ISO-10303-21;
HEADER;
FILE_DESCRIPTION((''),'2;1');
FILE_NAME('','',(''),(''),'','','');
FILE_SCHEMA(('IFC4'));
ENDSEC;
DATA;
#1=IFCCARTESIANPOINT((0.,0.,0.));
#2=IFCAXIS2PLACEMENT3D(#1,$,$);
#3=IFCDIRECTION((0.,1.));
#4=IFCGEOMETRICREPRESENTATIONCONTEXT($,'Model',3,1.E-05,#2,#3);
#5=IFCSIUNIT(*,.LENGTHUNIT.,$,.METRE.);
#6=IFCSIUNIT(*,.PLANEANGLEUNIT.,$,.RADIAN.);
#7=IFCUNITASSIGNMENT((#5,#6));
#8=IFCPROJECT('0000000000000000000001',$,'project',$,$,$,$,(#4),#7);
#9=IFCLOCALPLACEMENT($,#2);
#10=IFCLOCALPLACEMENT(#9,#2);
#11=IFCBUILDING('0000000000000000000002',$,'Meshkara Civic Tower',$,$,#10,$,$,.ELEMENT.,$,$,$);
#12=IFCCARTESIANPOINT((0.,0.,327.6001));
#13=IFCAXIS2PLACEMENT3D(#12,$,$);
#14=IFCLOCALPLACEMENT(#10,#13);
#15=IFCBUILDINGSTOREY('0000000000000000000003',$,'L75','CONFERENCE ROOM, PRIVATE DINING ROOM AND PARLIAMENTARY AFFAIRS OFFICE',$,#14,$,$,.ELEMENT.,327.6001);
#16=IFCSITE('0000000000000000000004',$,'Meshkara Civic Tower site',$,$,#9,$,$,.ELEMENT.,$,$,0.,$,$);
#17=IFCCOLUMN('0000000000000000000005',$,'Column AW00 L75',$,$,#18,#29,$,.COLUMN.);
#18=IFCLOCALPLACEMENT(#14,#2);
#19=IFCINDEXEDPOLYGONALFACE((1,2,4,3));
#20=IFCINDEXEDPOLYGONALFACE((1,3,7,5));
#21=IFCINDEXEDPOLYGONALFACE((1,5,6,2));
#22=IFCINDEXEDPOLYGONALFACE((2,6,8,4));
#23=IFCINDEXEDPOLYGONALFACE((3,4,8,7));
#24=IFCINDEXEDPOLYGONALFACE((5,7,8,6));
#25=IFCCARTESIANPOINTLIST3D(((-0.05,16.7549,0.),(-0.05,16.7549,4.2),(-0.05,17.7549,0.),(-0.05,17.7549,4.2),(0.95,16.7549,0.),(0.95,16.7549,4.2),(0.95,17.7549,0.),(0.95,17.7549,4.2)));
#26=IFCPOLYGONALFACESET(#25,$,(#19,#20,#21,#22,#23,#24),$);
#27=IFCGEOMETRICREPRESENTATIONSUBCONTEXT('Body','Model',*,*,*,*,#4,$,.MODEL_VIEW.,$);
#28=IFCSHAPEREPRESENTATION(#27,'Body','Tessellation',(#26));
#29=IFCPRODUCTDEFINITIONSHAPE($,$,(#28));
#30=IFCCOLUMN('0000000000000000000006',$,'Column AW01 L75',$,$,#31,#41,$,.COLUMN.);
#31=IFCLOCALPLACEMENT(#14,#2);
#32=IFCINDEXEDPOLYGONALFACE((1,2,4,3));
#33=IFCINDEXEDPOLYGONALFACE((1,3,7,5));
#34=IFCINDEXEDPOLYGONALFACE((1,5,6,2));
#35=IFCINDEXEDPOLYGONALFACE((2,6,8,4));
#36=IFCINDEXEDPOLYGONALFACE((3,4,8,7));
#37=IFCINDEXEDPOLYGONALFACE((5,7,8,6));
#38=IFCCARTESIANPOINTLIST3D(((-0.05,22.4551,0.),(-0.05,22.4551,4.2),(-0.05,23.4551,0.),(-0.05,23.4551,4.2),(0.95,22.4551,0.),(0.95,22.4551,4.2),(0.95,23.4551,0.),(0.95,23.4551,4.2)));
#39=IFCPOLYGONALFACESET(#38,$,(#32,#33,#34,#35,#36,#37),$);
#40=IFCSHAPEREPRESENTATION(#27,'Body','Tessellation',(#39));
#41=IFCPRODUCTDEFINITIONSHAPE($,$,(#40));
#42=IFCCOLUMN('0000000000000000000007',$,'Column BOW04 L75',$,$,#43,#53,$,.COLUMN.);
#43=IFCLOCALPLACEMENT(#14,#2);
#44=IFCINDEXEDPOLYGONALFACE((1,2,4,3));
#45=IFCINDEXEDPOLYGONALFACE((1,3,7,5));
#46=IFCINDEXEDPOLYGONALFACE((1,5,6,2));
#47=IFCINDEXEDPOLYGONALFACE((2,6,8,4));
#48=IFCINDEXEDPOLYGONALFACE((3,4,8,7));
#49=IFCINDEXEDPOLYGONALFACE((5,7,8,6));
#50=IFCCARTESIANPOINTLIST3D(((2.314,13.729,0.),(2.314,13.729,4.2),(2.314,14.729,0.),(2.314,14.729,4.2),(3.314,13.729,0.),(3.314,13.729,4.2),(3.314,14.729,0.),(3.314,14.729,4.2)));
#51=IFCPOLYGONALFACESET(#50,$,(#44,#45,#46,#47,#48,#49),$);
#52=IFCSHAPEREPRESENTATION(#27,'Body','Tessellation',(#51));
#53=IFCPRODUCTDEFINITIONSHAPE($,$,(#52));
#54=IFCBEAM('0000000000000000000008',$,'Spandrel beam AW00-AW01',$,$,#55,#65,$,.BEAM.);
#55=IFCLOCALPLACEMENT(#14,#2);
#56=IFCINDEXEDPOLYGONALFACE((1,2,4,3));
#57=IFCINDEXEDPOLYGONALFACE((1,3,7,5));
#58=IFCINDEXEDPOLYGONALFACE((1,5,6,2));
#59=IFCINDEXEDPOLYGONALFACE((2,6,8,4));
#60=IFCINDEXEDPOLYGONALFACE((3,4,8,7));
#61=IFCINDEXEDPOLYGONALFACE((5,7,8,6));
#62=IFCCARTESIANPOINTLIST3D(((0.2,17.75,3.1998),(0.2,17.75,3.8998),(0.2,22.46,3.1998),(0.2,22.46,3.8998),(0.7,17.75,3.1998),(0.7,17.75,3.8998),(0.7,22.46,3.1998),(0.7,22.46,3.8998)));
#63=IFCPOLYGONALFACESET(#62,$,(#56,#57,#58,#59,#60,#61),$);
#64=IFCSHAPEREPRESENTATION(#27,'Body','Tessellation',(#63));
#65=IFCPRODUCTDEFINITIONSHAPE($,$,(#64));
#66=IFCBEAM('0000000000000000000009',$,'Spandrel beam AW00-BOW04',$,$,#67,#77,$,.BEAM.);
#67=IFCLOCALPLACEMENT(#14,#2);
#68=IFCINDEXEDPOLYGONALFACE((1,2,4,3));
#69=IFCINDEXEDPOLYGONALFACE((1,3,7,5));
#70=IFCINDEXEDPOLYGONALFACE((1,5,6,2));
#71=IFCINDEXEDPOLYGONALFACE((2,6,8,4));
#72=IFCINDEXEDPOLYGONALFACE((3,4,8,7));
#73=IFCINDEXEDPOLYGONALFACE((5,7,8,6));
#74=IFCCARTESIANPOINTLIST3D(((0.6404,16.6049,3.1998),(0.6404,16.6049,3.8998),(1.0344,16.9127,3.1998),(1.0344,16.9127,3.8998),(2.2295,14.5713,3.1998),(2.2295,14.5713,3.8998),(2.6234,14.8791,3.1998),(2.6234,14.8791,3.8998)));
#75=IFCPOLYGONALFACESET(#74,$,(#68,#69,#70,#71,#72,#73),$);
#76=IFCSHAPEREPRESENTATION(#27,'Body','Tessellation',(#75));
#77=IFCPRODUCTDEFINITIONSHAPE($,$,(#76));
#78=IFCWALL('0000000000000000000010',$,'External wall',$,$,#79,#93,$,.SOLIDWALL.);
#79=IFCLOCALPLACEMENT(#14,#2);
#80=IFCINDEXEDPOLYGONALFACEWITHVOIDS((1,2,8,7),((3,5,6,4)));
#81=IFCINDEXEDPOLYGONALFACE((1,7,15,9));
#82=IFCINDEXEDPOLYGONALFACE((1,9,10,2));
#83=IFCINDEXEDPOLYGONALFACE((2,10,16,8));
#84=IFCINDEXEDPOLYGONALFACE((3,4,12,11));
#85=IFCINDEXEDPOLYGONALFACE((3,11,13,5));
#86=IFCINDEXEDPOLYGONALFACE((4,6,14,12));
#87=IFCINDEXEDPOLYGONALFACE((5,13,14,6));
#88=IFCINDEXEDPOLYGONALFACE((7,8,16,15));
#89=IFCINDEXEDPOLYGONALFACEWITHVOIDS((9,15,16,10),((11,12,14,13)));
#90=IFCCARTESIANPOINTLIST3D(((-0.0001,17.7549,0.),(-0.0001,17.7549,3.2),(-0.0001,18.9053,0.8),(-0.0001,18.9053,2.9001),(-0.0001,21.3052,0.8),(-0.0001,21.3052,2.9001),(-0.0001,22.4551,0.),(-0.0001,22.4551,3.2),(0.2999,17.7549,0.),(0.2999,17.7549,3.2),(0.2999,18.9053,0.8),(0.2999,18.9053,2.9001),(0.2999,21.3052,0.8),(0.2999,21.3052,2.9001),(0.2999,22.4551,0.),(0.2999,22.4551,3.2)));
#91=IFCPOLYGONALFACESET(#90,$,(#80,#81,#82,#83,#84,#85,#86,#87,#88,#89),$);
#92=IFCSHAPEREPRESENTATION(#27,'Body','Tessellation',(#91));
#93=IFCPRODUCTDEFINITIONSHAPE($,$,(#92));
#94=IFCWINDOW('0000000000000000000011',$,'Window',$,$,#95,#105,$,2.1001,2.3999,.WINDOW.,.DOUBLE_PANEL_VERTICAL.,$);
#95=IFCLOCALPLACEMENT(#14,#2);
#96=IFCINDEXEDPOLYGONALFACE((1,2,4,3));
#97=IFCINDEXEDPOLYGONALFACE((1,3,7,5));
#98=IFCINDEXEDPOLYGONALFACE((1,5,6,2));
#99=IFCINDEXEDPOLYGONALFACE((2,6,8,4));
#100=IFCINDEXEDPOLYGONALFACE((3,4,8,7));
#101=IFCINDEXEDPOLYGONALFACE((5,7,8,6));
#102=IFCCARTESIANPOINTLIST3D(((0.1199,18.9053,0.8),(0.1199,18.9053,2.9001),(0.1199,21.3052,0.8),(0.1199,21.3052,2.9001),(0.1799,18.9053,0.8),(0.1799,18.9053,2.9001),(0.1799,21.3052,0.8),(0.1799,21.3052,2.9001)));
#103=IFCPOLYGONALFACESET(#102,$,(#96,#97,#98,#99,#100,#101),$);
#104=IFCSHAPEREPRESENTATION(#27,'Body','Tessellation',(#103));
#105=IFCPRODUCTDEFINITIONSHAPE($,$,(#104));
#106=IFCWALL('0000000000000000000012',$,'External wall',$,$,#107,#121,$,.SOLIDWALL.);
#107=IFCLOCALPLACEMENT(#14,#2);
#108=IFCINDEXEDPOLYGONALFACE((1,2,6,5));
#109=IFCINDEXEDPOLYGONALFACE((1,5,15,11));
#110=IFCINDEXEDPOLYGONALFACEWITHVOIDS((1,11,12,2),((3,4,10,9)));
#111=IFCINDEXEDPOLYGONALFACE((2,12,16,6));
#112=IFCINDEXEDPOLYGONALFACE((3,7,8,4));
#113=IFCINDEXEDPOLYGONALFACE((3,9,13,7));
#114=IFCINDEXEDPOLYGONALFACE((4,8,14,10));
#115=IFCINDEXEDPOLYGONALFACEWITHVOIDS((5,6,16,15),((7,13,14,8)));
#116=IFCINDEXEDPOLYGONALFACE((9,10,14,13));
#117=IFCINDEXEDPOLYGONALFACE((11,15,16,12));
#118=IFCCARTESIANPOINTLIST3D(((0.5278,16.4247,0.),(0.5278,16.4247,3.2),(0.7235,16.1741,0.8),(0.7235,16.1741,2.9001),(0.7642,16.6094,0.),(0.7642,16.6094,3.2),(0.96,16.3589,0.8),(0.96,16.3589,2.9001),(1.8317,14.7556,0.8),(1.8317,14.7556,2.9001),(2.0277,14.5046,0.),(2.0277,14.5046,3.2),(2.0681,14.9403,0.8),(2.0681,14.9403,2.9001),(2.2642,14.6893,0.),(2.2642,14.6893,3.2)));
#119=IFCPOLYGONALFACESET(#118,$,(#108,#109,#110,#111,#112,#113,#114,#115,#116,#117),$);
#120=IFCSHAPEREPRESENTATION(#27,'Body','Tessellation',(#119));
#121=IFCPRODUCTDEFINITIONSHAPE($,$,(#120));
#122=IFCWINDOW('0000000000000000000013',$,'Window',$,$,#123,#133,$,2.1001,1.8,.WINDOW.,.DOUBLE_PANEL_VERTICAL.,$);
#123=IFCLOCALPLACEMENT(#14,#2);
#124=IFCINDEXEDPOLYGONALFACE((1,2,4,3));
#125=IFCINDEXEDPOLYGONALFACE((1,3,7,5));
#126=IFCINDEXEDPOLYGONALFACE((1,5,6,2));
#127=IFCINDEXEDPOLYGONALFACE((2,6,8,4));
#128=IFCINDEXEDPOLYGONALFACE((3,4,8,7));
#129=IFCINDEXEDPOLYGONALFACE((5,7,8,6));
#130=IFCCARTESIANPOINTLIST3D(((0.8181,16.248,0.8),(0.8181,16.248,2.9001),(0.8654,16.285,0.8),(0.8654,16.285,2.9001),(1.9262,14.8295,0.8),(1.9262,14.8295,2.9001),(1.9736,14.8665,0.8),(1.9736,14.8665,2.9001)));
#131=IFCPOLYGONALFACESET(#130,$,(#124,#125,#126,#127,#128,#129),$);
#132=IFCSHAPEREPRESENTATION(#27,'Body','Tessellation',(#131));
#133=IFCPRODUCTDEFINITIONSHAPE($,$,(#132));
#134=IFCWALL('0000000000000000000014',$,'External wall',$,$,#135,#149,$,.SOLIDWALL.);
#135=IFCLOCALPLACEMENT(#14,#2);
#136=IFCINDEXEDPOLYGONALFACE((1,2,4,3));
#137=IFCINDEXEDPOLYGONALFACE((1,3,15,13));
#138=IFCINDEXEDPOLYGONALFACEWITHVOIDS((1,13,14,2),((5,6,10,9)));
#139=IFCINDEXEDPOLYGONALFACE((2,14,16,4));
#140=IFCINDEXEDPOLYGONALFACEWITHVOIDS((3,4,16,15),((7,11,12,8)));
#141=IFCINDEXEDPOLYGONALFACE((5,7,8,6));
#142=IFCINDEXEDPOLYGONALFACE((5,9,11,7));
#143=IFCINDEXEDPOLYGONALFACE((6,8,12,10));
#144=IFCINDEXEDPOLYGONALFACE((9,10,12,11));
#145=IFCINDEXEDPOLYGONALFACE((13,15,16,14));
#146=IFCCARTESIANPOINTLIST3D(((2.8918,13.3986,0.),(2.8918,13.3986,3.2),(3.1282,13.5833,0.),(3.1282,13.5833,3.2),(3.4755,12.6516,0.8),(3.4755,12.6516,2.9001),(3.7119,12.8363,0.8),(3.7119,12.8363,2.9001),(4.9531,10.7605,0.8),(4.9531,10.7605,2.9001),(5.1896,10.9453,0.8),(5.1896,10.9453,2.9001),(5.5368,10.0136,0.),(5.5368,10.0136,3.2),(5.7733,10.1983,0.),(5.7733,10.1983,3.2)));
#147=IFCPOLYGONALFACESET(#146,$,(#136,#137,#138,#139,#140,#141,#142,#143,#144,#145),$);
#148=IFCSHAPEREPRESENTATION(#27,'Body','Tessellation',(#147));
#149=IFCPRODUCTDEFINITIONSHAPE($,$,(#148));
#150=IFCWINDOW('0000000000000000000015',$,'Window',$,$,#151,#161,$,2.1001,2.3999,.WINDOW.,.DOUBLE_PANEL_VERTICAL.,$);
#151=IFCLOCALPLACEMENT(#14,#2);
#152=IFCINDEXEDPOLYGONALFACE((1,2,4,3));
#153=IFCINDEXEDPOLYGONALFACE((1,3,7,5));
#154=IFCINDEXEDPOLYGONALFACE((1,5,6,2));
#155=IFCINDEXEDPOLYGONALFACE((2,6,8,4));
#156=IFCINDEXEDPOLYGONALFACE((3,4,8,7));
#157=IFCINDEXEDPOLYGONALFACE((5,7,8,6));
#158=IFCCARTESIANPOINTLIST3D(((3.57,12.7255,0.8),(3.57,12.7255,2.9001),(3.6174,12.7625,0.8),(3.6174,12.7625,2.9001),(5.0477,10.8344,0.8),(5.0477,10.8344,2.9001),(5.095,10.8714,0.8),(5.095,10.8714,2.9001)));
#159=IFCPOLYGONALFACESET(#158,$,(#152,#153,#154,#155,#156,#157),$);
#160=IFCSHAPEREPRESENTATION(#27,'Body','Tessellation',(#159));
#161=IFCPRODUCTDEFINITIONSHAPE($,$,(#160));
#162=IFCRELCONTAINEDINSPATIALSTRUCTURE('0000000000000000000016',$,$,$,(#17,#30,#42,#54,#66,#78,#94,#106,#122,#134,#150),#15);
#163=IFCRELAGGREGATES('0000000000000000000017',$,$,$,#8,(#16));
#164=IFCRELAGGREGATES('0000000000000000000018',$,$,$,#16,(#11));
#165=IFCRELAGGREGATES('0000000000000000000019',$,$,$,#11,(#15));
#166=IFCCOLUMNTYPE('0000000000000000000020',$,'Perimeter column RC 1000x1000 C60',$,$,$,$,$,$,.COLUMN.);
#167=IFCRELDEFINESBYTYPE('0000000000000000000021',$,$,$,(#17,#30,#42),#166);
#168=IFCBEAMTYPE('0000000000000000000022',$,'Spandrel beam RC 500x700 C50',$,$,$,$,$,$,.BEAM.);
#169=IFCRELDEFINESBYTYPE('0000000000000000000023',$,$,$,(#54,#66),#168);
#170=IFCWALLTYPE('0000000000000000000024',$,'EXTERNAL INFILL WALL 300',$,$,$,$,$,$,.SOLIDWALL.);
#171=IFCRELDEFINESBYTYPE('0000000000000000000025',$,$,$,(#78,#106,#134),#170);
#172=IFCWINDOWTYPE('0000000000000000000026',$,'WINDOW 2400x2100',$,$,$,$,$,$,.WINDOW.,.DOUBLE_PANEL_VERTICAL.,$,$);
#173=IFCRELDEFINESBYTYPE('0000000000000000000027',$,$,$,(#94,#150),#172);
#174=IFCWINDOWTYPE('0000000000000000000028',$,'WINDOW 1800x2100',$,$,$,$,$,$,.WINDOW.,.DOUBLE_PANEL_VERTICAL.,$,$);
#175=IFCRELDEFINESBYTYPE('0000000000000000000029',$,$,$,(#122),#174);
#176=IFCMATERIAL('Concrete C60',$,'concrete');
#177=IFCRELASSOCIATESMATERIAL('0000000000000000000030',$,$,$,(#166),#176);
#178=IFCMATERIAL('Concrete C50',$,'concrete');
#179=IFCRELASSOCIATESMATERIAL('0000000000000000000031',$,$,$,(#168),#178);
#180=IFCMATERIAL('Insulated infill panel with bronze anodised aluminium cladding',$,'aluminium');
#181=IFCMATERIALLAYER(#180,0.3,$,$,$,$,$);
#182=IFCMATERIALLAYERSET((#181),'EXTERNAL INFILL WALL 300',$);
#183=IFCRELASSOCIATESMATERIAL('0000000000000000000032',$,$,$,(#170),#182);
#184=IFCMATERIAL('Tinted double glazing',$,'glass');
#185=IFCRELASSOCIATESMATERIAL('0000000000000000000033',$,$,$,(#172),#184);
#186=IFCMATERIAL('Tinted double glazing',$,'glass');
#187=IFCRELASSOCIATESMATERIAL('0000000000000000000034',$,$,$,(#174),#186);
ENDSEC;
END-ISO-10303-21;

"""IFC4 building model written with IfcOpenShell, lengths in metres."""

from ifc_helpers import new_model, si_unit, direction, frame, frame_2d, origin, origin_2d, place, context, subcontext, project, spatial, rectangle, extrude, material, layer, layer_set, material_profile, profile_set, type_object, element, fill, save


model = new_model("IFC4")

# Units and contexts
model_context = context("Model", 3, precision=1e-05, world=origin(), true_north=direction((0.0, 1.0)))
body_context = subcontext(model_context, "Body", "Model", "MODEL_VIEW")
ifc_project = project(units=[si_unit("LENGTHUNIT", "METRE"), si_unit("PLANEANGLEUNIT", "RADIAN")], contexts=[model_context])

# Site, building, storey
site_placement = place(None, origin())
site = spatial("IfcSite", under=ifc_project, at=site_placement, Name="Meshkara Civic Tower site", CompositionType="ELEMENT", RefElevation=0.0)
building_placement = place(site_placement, origin())
building = spatial("IfcBuilding", under=site, at=building_placement, Name="Meshkara Civic Tower", CompositionType="ELEMENT")
storey_placement = place(building_placement, frame((0.0, 0.0, 327.6001)))
storey = spatial("IfcBuildingStorey", under=building, at=storey_placement, Name="L75", Description="CONFERENCE ROOM, PRIVATE DINING ROOM AND PARLIAMENTARY AFFAIRS OFFICE", CompositionType="ELEMENT", Elevation=327.6001)

# Columns
ifc_material_1 = material(Name="Concrete C60", Category="concrete")
ifc_material_profile_1 = material_profile(ifc_material_1, rectangle(XDim=1.0, YDim=1.0, at=origin_2d()))
ifc_profile_set_1 = profile_set([ifc_material_profile_1], Name="Concrete C60")
column_type = type_object("IfcColumnType", Name="Perimeter column RC 1000x1000 C60", PredefinedType="COLUMN", material=ifc_profile_set_1)
for number, where, z_axis, x_axis, name in (
    (1, (0.45, 17.2549, 0.0), (0.0, 0.0, 1.0), (1.0, 0.0, 0.0), "Column AW00 L75"),
    (2, (0.45, 22.9551, 0.0), (0.0, 0.0, 1.0), (1.0, 0.0, 0.0), "Column AW01 L75"),
    (3, (2.814, 14.229, 0.0), (0.0, 0.0, 1.0), (1.0, 0.0, 0.0), "Column BOW04 L75"),
):
    element("IfcColumn", number, at=place(storey_placement, frame(where, z_axis=z_axis, x_axis=x_axis)), inside=storey, type_object=column_type, Name=name, PredefinedType="COLUMN", context=body_context, shape_type="SweptSolid", body=[
        extrude(rectangle(XDim=1.0, YDim=1.0, at=origin_2d()), origin(), (0.0, 0.0, 1.0), 4.2),
    ])

# Beams
ifc_material_2 = material(Name="Concrete C50", Category="concrete")
ifc_material_profile_2 = material_profile(ifc_material_2, rectangle(XDim=0.5, YDim=0.7, at=origin_2d()))
ifc_profile_set_2 = profile_set([ifc_material_profile_2], Name="Concrete C50")
beam_type = type_object("IfcBeamType", Name="Spandrel beam RC 500x700 C50", PredefinedType="BEAM", material=ifc_profile_set_2)
beam_1_placement = place(storey_placement, frame((0.45, 22.46, 3.5498), z_axis=(0.0, -1.0, 0.0), x_axis=(1.0, 0.0, 0.0)))
element("IfcBeam", 4, at=beam_1_placement, inside=storey, type_object=beam_type, Name="Spandrel beam AW00-AW01", PredefinedType="BEAM", context=body_context, shape_type="SweptSolid", body=[
    extrude(rectangle(XDim=0.5, YDim=0.7, at=origin_2d()), origin(), (0.0, 0.0, 1.0), 4.71),
])
beam_2_placement = place(storey_placement, frame((0.8374, 16.7588, 3.5498), z_axis=(0.615714, -0.78797, 0.0), x_axis=(0.78797, 0.615714, 0.0)))
element("IfcBeam", 5, at=beam_2_placement, inside=storey, type_object=beam_type, Name="Spandrel beam AW00-BOW04", PredefinedType="BEAM", context=body_context, shape_type="SweptSolid", body=[
    extrude(rectangle(XDim=0.5, YDim=0.7, at=origin_2d()), origin(), (0.0, 0.0, 1.0), 2.5808),
])

# Walls, openings, windows
ifc_material_3 = material(Name="Insulated infill panel with bronze anodised aluminium cladding", Category="aluminium")
ifc_layer = layer(ifc_material_3, 0.3)
ifc_layer_set = layer_set([ifc_layer], Name="EXTERNAL INFILL WALL 300")
wall_type = type_object("IfcWallType", Name="EXTERNAL INFILL WALL 300", PredefinedType="SOLIDWALL", material=ifc_layer_set)
wall_1_placement = place(storey_placement, frame((0.1499, 22.4551, 0.0), z_axis=(0.0, 0.0, 1.0), x_axis=(0.0, -1.0, 0.0)))
wall_1 = element("IfcWall", 6, at=wall_1_placement, inside=storey, type_object=wall_type, Name="External wall", PredefinedType="SOLIDWALL", context=body_context, shape_type="SweptSolid", body=[
    extrude(rectangle(XDim=4.7002, YDim=0.3, at=frame_2d((2.3501, 0.0))), origin(), (0.0, 0.0, 1.0), 3.2),
])
opening_1_placement = place(wall_1_placement, frame((1.1499, 0.0, 0.8)))
opening_1 = element("IfcOpeningElement", 7, at=opening_1_placement, cuts=wall_1, PredefinedType="OPENING", context=body_context, shape_type="SweptSolid", body=[
    extrude(rectangle(XDim=2.3999, YDim=2.1001, at=frame_2d((1.2, 1.05))), frame((0.0, 0.1599, 0.0), z_axis=(0.0, -1.0, 0.0), x_axis=(1.0, 0.0, 0.0)), (0.0, 0.0, 1.0), 0.3201),
])
ifc_material_4 = material(Name="Tinted double glazing", Category="glass")
window_type_1 = type_object("IfcWindowType", Name="WINDOW 2400x2100", PartitioningType="DOUBLE_PANEL_VERTICAL", PredefinedType="WINDOW", material=ifc_material_4)
window_1_placement = place(opening_1_placement, origin())
window_1 = element("IfcWindow", 8, at=window_1_placement, inside=storey, type_object=window_type_1, Name="Window", OverallHeight=2.1001, OverallWidth=2.3999, PartitioningType="DOUBLE_PANEL_VERTICAL", PredefinedType="WINDOW", context=body_context, shape_type="SweptSolid", body=[
    extrude(rectangle(XDim=2.3999, YDim=2.1001, at=frame_2d((1.2, 1.05))), frame((0.0, 0.03, 0.0), z_axis=(0.0, -1.0, 0.0), x_axis=(1.0, 0.0, 0.0)), (0.0, 0.0, 1.0), 0.0601),
])
fill(opening_1, window_1)
wall_2_placement = place(storey_placement, frame((0.646, 16.5171, 0.0), z_axis=(0.0, 0.0, 1.0), x_axis=(0.615611, -0.78805, 0.0)))
wall_2 = element("IfcWall", 9, at=wall_2_placement, inside=storey, type_object=wall_type, Name="External wall", PredefinedType="SOLIDWALL", context=body_context, shape_type="SweptSolid", body=[
    extrude(rectangle(XDim=2.4365, YDim=0.3, at=frame_2d((1.2183, 0.0))), origin(), (0.0, 0.0, 1.0), 3.2),
])
opening_2_placement = place(wall_2_placement, frame((0.3181, 0.0, 0.8)))
opening_2 = element("IfcOpeningElement", 10, at=opening_2_placement, cuts=wall_2, PredefinedType="OPENING", context=body_context, shape_type="SweptSolid", body=[
    extrude(rectangle(XDim=1.8, YDim=2.1001, at=frame_2d((0.8999, 1.05))), frame((0.0, 0.1599, 0.0), z_axis=(0.0, -1.0, 0.0), x_axis=(1.0, 0.0, 0.0)), (0.0, 0.0, 1.0), 0.3201),
])
ifc_material_5 = material(Name="Tinted double glazing", Category="glass")
window_type_2 = type_object("IfcWindowType", Name="WINDOW 1800x2100", PartitioningType="DOUBLE_PANEL_VERTICAL", PredefinedType="WINDOW", material=ifc_material_5)
window_2_placement = place(opening_2_placement, origin())
window_2 = element("IfcWindow", 11, at=window_2_placement, inside=storey, type_object=window_type_2, Name="Window", OverallHeight=2.1001, OverallWidth=1.8, PartitioningType="DOUBLE_PANEL_VERTICAL", PredefinedType="WINDOW", context=body_context, shape_type="SweptSolid", body=[
    extrude(rectangle(XDim=1.8, YDim=2.1001, at=frame_2d((0.8999, 1.05))), frame((0.0, 0.03, 0.0), z_axis=(0.0, -1.0, 0.0), x_axis=(1.0, 0.0, 0.0)), (0.0, 0.0, 1.0), 0.0601),
])
fill(opening_2, window_2)
wall_3_placement = place(storey_placement, frame((3.01, 13.491, 0.0), z_axis=(0.0, 0.0, 1.0), x_axis=(0.615714, -0.78797, 0.0)))
wall_3 = element("IfcWall", 12, at=wall_3_placement, inside=storey, type_object=wall_type, Name="External wall", PredefinedType="SOLIDWALL", context=body_context, shape_type="SweptSolid", body=[
    extrude(rectangle(XDim=4.2959, YDim=0.3, at=frame_2d((2.1479, 0.0))), origin(), (0.0, 0.0, 1.0), 3.2),
])
opening_3_placement = place(wall_3_placement, frame((0.948, 0.0, 0.8)))
opening_3 = element("IfcOpeningElement", 13, at=opening_3_placement, cuts=wall_3, PredefinedType="OPENING", context=body_context, shape_type="SweptSolid", body=[
    extrude(rectangle(XDim=2.3999, YDim=2.1001, at=frame_2d((1.2, 1.05))), frame((0.0, 0.1599, 0.0), z_axis=(0.0, -1.0, 0.0), x_axis=(1.0, 0.0, 0.0)), (0.0, 0.0, 1.0), 0.3201),
])
window_3_placement = place(opening_3_placement, origin())
window_3 = element("IfcWindow", 14, at=window_3_placement, inside=storey, type_object=window_type_1, Name="Window", OverallHeight=2.1001, OverallWidth=2.3999, PartitioningType="DOUBLE_PANEL_VERTICAL", PredefinedType="WINDOW", context=body_context, shape_type="SweptSolid", body=[
    extrude(rectangle(XDim=2.3999, YDim=2.1001, at=frame_2d((1.2, 1.05))), frame((0.0, 0.03, 0.0), z_axis=(0.0, -1.0, 0.0), x_axis=(1.0, 0.0, 0.0)), (0.0, 0.0, 1.0), 0.0601),
])
fill(opening_3, window_3)

save(model, "model.ifc")
